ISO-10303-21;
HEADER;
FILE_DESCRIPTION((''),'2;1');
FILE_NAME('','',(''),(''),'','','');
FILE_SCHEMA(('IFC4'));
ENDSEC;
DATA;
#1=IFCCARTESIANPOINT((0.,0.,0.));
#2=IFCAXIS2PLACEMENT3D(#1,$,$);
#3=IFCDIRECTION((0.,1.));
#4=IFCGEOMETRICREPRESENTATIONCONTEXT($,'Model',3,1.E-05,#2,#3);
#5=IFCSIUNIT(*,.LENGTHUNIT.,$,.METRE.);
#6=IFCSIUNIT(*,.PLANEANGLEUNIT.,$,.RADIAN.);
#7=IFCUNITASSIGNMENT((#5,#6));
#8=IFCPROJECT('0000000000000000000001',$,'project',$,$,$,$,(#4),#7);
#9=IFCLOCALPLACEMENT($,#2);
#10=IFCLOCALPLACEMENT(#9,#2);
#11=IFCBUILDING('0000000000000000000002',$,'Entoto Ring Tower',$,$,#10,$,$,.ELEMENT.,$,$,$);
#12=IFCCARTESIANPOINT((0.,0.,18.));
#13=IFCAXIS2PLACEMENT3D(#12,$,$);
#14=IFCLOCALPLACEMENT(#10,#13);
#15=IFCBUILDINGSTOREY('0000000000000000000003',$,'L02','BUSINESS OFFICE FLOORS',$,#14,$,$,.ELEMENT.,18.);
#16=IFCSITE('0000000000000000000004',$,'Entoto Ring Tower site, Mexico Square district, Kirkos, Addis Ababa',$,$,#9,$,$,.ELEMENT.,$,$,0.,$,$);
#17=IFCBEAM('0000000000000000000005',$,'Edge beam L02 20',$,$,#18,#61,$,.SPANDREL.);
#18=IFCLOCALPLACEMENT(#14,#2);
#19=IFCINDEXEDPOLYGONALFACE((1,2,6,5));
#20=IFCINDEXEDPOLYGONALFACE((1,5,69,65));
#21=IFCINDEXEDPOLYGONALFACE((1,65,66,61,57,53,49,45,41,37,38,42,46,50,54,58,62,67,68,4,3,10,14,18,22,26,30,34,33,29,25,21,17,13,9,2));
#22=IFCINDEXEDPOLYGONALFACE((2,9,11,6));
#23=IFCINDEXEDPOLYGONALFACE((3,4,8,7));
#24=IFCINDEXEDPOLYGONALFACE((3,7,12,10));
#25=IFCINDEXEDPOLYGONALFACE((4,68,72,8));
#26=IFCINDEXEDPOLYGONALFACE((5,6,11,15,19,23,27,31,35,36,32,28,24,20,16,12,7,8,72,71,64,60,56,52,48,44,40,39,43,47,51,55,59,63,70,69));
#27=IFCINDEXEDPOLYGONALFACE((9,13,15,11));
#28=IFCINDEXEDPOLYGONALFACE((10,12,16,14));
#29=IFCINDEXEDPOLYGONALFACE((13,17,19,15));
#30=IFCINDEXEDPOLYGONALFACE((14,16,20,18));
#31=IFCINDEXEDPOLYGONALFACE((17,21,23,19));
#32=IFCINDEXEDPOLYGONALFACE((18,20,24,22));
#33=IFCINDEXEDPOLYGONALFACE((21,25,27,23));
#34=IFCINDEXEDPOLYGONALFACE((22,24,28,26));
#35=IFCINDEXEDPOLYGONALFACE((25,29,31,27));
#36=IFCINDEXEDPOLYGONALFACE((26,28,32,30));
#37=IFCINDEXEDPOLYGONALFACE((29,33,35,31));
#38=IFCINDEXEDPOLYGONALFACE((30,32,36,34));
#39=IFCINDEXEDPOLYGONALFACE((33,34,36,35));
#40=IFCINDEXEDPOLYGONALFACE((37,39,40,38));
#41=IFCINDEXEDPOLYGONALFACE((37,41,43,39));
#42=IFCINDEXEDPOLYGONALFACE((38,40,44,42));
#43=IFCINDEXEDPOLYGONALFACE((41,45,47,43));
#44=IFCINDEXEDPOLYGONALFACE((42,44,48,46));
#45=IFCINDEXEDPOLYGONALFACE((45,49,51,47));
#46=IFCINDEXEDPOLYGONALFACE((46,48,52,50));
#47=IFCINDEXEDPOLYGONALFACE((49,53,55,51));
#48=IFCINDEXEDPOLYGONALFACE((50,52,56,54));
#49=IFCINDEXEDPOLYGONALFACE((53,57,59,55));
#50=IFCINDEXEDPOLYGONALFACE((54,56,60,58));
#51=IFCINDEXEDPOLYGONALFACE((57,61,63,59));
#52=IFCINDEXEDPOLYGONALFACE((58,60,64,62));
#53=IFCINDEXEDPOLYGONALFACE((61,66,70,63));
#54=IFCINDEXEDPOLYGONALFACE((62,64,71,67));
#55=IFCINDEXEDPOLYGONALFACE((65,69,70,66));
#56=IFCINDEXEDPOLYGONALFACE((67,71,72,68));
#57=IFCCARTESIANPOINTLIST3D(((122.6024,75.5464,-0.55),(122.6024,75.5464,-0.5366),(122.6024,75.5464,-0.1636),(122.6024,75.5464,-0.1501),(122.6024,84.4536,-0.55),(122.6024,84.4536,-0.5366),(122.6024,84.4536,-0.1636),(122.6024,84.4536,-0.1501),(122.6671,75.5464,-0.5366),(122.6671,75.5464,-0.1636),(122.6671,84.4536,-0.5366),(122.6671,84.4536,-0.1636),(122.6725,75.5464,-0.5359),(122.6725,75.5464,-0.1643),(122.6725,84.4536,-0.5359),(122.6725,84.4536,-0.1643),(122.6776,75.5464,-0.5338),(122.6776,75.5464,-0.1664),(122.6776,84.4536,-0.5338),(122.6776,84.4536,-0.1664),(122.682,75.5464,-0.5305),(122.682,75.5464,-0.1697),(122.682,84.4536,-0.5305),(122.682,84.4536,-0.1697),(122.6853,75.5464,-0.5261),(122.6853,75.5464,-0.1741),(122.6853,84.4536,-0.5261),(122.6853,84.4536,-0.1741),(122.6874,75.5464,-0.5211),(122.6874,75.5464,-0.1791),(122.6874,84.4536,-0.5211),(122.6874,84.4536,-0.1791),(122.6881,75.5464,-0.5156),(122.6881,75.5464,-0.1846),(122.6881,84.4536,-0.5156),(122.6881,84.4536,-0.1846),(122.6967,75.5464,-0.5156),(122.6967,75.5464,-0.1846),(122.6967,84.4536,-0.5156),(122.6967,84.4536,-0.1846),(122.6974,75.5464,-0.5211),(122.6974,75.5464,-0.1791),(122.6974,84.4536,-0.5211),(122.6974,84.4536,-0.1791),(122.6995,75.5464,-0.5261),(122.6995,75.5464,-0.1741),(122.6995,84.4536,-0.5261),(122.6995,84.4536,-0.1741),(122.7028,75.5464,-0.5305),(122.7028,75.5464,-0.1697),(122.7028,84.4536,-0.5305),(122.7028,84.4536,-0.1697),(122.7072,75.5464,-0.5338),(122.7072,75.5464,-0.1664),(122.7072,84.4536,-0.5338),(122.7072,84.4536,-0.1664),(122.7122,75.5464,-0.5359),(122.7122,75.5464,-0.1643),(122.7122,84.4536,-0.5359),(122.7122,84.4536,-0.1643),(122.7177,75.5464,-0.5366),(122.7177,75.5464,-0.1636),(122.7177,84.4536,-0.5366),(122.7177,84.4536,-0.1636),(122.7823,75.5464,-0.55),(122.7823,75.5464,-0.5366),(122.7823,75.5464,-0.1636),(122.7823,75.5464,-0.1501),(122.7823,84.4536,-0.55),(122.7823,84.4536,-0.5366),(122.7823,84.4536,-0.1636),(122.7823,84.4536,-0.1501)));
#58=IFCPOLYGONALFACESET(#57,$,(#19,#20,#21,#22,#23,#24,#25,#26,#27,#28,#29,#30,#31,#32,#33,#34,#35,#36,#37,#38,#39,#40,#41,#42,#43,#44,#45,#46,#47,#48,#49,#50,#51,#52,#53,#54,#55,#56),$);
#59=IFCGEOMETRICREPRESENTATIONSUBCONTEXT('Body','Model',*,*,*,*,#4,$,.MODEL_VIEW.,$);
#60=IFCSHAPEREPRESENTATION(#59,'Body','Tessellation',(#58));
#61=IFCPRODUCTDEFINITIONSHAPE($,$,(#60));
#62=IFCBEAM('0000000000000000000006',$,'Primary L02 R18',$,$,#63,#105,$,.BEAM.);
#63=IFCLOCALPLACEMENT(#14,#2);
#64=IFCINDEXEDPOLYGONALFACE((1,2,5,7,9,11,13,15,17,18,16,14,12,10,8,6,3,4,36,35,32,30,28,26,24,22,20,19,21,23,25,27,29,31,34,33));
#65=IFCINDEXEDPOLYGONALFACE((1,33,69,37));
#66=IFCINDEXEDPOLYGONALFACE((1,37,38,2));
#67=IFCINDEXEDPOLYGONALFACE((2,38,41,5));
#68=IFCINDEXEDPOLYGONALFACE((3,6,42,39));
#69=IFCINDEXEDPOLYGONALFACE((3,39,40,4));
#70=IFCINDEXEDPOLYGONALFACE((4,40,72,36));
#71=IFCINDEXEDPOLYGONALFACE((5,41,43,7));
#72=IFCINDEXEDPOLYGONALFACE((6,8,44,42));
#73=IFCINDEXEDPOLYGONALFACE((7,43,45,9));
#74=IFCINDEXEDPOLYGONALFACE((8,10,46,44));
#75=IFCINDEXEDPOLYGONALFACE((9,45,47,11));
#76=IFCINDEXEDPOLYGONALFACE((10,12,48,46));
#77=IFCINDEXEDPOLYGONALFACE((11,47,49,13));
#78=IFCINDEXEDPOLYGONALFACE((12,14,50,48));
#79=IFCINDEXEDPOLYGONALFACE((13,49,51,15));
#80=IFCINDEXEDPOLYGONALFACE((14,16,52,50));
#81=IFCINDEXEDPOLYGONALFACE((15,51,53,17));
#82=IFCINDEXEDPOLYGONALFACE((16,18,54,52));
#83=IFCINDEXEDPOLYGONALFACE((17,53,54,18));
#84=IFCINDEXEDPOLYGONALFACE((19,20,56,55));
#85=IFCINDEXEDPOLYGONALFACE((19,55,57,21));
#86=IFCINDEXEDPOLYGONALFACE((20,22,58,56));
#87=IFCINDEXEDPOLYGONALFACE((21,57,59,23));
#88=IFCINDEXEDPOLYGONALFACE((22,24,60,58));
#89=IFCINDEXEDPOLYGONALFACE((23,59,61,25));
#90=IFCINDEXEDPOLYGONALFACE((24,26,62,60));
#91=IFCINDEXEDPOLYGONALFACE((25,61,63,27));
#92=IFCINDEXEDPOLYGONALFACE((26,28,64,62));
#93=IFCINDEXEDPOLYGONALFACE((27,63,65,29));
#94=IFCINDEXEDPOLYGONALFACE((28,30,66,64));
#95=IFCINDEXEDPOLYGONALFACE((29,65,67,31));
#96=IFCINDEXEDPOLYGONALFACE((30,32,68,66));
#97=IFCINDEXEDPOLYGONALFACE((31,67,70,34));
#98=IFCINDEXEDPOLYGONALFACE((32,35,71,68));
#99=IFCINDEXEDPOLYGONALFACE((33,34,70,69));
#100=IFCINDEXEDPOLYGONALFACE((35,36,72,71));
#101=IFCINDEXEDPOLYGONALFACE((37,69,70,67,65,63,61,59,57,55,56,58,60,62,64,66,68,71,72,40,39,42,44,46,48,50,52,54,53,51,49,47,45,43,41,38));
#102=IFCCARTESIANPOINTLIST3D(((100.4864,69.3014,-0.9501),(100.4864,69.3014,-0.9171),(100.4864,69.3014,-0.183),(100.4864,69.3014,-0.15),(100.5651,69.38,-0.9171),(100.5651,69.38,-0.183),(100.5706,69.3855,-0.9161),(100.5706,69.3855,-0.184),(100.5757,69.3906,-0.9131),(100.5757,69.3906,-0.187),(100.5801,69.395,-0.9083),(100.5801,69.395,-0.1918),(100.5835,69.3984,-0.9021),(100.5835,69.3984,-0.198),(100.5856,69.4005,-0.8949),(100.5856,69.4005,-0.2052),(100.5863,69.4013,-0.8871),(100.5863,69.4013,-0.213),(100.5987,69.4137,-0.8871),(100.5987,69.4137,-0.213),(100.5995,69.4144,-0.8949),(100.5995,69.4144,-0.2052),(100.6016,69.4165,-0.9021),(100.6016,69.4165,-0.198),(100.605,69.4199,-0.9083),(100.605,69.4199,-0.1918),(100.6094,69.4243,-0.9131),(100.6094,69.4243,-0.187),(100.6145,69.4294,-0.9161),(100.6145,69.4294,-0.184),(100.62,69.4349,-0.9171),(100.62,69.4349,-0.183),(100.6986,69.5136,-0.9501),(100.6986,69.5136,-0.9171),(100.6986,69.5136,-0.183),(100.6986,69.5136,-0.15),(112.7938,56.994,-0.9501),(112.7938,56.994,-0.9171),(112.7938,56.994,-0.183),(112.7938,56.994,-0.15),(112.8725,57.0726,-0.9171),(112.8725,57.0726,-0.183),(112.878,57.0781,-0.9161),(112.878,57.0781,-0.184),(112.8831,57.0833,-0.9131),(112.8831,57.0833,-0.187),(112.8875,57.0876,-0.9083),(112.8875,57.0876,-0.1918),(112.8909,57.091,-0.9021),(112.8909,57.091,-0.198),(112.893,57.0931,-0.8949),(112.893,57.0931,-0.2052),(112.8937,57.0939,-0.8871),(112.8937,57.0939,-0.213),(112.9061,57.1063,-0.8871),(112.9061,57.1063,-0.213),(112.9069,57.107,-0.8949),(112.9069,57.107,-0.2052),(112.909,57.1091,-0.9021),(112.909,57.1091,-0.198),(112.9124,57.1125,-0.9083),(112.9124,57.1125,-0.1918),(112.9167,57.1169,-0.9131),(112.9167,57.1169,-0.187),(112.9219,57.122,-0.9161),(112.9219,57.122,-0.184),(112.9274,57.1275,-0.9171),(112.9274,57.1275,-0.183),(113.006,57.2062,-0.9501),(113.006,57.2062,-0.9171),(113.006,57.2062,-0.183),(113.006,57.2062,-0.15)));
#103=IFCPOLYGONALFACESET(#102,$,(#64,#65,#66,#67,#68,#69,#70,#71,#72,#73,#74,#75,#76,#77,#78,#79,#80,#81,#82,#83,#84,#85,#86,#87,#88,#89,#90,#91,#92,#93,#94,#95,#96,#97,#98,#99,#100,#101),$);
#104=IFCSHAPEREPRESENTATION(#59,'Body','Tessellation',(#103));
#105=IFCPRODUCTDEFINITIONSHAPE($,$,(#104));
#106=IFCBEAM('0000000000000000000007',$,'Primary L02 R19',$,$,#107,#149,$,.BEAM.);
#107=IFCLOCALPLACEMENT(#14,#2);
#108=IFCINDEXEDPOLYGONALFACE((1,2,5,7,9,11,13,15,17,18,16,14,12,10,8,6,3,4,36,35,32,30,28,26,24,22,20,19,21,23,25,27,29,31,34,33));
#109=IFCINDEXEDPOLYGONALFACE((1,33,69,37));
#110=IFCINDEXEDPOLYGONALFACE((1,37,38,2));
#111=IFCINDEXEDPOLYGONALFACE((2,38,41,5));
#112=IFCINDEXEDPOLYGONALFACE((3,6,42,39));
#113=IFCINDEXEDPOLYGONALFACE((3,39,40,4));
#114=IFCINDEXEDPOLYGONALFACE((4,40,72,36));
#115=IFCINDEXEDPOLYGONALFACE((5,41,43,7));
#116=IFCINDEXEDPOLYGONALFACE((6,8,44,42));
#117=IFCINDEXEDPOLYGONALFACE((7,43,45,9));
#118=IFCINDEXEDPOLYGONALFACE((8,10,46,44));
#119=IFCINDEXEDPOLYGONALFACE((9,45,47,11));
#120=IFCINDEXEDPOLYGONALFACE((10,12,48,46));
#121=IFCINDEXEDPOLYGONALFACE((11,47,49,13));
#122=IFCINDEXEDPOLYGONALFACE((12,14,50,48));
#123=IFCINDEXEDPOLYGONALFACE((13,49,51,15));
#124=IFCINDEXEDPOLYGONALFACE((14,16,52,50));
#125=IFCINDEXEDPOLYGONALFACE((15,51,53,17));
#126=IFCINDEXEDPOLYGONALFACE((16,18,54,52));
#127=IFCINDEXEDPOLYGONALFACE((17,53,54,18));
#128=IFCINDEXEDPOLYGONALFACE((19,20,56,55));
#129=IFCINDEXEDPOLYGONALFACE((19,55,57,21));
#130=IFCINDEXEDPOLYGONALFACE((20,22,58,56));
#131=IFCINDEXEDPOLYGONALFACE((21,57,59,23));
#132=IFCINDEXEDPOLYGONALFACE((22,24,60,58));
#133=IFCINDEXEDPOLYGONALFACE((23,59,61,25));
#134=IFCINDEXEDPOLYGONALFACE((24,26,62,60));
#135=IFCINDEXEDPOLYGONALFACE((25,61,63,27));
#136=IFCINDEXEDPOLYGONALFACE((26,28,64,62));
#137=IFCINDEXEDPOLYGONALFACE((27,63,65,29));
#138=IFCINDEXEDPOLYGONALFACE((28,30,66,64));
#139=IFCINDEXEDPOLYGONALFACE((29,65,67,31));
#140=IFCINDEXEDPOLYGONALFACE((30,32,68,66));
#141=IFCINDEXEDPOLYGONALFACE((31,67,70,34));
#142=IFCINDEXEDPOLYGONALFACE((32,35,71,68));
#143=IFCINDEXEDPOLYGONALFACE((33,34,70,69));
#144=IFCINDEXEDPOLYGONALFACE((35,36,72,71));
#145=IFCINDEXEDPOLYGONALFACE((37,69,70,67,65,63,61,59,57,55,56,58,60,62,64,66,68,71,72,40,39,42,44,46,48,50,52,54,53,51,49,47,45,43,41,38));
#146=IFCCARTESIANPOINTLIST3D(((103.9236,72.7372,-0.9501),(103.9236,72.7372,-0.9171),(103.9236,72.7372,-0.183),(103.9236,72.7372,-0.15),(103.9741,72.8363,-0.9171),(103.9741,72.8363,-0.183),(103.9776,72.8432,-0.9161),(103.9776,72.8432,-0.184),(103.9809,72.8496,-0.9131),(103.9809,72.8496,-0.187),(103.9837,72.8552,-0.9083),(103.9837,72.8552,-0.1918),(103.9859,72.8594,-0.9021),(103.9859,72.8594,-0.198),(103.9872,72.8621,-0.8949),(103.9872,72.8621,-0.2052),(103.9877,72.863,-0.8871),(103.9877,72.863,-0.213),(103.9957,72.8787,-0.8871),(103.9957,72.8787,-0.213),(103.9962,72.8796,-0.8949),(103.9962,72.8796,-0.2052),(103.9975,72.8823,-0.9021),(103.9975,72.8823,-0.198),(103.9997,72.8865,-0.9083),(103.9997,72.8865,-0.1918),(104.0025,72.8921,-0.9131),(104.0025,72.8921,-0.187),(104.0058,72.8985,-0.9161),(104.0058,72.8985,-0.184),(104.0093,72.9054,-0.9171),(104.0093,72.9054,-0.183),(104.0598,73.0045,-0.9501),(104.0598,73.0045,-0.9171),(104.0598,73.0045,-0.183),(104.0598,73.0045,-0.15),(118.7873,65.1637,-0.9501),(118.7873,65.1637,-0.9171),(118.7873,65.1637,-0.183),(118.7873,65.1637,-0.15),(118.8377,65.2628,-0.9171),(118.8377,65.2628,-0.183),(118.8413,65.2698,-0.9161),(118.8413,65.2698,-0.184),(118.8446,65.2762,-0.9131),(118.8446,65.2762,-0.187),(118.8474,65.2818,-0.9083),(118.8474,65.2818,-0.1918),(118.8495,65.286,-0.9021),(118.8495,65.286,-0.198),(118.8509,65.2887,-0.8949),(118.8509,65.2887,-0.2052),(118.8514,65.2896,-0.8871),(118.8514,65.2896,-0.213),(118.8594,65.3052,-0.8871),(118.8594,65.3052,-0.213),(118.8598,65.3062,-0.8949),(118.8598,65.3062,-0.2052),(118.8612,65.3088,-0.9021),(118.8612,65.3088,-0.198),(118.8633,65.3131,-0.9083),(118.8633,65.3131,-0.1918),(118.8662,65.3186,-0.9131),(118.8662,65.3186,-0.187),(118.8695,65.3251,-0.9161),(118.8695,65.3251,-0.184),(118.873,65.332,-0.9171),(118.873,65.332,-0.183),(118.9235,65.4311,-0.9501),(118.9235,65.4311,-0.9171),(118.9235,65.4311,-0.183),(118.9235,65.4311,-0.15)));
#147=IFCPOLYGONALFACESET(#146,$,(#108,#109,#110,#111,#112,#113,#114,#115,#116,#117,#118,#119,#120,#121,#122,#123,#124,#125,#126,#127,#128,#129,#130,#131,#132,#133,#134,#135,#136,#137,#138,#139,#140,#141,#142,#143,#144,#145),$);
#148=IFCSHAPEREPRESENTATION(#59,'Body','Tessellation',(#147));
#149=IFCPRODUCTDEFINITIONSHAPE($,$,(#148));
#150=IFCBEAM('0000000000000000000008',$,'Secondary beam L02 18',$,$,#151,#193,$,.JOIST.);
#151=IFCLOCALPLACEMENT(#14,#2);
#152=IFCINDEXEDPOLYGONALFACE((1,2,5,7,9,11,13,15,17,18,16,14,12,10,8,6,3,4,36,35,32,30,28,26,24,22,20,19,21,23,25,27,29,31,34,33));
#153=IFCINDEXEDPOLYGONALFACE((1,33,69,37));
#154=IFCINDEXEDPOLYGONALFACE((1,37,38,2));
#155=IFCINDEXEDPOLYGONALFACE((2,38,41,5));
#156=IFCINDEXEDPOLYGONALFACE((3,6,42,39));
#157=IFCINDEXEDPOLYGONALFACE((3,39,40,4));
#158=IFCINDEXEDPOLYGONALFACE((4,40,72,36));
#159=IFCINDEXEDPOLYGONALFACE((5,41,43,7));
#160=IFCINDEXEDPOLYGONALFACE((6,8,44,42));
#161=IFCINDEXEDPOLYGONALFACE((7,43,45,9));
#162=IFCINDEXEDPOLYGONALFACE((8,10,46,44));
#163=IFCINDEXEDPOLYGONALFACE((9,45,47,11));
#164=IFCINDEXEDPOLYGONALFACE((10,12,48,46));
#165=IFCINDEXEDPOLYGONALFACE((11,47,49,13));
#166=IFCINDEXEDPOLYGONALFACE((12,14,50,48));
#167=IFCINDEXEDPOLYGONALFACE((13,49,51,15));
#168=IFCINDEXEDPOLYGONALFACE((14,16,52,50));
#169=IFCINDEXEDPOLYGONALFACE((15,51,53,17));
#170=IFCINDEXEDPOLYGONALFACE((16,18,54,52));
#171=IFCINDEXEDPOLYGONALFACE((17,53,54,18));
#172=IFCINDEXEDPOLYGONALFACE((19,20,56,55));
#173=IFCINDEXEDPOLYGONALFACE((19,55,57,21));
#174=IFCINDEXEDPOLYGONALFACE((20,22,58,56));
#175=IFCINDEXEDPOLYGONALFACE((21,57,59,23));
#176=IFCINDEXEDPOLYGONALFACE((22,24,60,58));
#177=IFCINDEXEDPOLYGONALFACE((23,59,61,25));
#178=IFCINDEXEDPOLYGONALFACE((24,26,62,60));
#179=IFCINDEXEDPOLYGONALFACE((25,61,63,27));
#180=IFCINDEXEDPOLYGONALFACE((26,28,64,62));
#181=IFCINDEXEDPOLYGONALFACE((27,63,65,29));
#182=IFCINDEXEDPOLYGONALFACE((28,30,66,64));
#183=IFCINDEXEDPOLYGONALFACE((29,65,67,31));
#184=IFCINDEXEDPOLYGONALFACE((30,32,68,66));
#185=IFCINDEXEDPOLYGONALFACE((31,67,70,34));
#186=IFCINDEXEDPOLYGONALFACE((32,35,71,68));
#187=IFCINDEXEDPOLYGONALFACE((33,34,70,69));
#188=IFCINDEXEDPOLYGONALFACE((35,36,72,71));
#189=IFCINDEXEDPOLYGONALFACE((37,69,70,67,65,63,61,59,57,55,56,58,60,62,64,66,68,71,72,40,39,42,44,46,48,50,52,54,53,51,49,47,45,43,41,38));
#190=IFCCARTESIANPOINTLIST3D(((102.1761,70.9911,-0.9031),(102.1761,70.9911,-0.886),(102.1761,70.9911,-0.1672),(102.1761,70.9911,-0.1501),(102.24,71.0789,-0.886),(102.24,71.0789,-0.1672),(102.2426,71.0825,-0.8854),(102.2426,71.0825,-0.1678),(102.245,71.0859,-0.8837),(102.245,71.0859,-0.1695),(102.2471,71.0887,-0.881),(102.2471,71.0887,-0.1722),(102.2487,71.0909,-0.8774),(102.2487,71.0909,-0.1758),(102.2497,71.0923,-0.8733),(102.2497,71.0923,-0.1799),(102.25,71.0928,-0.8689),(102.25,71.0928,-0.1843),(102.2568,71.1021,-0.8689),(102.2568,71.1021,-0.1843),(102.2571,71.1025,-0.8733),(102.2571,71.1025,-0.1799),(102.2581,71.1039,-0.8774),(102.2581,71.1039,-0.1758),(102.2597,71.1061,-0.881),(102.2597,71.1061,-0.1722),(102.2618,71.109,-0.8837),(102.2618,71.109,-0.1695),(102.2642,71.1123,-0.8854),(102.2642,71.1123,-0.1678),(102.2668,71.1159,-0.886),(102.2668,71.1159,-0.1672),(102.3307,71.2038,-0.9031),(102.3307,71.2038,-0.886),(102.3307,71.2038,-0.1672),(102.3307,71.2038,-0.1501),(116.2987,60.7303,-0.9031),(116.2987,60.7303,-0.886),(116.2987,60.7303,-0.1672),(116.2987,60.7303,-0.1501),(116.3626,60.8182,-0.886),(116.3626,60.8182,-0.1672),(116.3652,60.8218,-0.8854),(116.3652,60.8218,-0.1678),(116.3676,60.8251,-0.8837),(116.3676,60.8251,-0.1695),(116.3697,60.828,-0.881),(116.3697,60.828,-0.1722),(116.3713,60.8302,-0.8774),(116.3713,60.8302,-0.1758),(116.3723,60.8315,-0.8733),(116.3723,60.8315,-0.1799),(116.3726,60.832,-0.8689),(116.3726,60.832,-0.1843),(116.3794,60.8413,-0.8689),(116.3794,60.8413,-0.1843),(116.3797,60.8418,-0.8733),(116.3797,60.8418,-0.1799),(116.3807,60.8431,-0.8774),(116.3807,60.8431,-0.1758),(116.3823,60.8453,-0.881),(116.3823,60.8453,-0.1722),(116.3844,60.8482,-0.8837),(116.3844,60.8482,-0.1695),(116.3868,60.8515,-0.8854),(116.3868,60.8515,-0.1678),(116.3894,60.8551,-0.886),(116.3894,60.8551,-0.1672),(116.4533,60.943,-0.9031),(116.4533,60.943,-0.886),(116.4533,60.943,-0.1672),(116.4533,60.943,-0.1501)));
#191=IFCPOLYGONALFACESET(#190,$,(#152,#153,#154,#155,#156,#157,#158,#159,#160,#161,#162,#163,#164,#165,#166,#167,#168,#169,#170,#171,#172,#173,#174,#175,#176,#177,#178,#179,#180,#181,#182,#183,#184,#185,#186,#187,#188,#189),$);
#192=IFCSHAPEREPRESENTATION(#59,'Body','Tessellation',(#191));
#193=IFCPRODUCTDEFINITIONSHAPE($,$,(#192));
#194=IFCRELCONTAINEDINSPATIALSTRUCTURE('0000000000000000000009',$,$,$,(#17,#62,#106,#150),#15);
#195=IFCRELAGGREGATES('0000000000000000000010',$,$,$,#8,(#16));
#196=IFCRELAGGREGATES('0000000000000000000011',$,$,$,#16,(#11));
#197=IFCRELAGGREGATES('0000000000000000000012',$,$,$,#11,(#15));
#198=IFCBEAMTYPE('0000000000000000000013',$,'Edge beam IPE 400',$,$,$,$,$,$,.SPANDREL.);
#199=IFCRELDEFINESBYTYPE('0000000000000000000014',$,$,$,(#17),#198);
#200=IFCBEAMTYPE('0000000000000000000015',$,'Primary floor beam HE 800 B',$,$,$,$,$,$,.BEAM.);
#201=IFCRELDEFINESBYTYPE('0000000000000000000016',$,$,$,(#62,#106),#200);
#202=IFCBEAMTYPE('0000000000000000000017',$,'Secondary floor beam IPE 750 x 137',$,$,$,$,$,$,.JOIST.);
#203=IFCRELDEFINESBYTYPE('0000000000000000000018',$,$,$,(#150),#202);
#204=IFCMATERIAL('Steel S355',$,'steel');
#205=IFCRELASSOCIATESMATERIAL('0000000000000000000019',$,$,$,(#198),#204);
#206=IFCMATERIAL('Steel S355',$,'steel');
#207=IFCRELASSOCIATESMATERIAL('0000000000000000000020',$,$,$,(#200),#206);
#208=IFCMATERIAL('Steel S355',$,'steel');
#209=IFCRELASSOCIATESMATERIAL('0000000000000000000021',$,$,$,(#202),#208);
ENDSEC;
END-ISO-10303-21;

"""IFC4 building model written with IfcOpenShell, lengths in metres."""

from ifc_helpers import new_model, si_unit, direction, frame, origin, origin_2d, place, context, subcontext, project, spatial, i_section, extrude, material, material_profile, profile_set, type_object, element, save


model = new_model("IFC4")

# Units and contexts
model_context = context("Model", 3, precision=1e-05, world=origin(), true_north=direction((0.0, 1.0)))
body_context = subcontext(model_context, "Body", "Model", "MODEL_VIEW")
ifc_project = project(units=[si_unit("LENGTHUNIT", "METRE"), si_unit("PLANEANGLEUNIT", "RADIAN")], contexts=[model_context])

# Site, building, storey
site_placement = place(None, origin())
site = spatial("IfcSite", under=ifc_project, at=site_placement, Name="Entoto Ring Tower site, Mexico Square district, Kirkos, Addis Ababa", CompositionType="ELEMENT", RefElevation=0.0)
building_placement = place(site_placement, origin())
building = spatial("IfcBuilding", under=site, at=building_placement, Name="Entoto Ring Tower", CompositionType="ELEMENT")
storey_placement = place(building_placement, frame((0.0, 0.0, 18.0)))
storey = spatial("IfcBuildingStorey", under=building, at=storey_placement, Name="L02", Description="BUSINESS OFFICE FLOORS", CompositionType="ELEMENT", Elevation=18.0)

# Beams
ifc_material_1 = material(Name="Steel S355", Category="steel")
ifc_material_profile_1 = material_profile(ifc_material_1, i_section(OverallWidth=0.1799, OverallDepth=0.3999, WebThickness=0.0085, FlangeThickness=0.0134, FilletRadius=0.021, at=origin_2d()), Name="IPE 400")
ifc_profile_set_1 = profile_set([ifc_material_profile_1], Name="Steel S355")
beam_type_1 = type_object("IfcBeamType", Name="Edge beam IPE 400", PredefinedType="SPANDREL", material=ifc_profile_set_1)
beam_1_placement = place(storey_placement, frame((122.6924, 75.5464, -0.3501), z_axis=(0.0, 1.0, 0.0), x_axis=(-1.0, 0.0, 0.0)))
element("IfcBeam", 1, at=beam_1_placement, inside=storey, type_object=beam_type_1, Name="Edge beam L02 20", PredefinedType="SPANDREL", context=body_context, shape_type="SweptSolid", body=[
    extrude(i_section(OverallWidth=0.1799, OverallDepth=0.3999, WebThickness=0.0085, FlangeThickness=0.0134, FilletRadius=0.021, at=origin_2d()), origin(), (0.0, 0.0, 1.0), 8.9072),
])
ifc_material_2 = material(Name="Steel S355", Category="steel")
ifc_material_profile_2 = material_profile(ifc_material_2, i_section(OverallWidth=0.3, OverallDepth=0.8, WebThickness=0.0176, FlangeThickness=0.033, FilletRadius=0.03, at=origin_2d()), Name="HE 800 B")
ifc_profile_set_2 = profile_set([ifc_material_profile_2], Name="Steel S355")
beam_type_2 = type_object("IfcBeamType", Name="Primary floor beam HE 800 B", PredefinedType="BEAM", material=ifc_profile_set_2)
beam_2_placement = place(storey_placement, frame((100.5925, 69.4075, -0.55), z_axis=(0.707107, -0.707107, 0.0), x_axis=(0.707107, 0.707107, 0.0)))
element("IfcBeam", 2, at=beam_2_placement, inside=storey, type_object=beam_type_2, Name="Primary L02 R18", PredefinedType="BEAM", context=body_context, shape_type="SweptSolid", body=[
    extrude(i_section(OverallWidth=0.3, OverallDepth=0.8, WebThickness=0.0176, FlangeThickness=0.033, FilletRadius=0.03, at=origin_2d()), origin(), (0.0, 0.0, 1.0), 17.4053),
])
beam_3_placement = place(storey_placement, frame((103.9917, 72.8708, -0.55), z_axis=(0.891006, -0.453991, 0.0), x_axis=(0.453991, 0.891006, 0.0)))
element("IfcBeam", 3, at=beam_3_placement, inside=storey, type_object=beam_type_2, Name="Primary L02 R19", PredefinedType="BEAM", context=body_context, shape_type="SweptSolid", body=[
    extrude(i_section(OverallWidth=0.3, OverallDepth=0.8, WebThickness=0.0176, FlangeThickness=0.033, FilletRadius=0.03, at=origin_2d()), origin(), (0.0, 0.0, 1.0), 16.6819),
])
ifc_material_3 = material(Name="Steel S355", Category="steel")
ifc_material_profile_3 = material_profile(ifc_material_3, i_section(OverallWidth=0.2629, OverallDepth=0.7529, WebThickness=0.0115, FlangeThickness=0.0171, FilletRadius=0.0171, at=origin_2d()), Name="IPE 750 x 137")
ifc_profile_set_3 = profile_set([ifc_material_profile_3], Name="Steel S355")
beam_type_3 = type_object("IfcBeamType", Name="Secondary floor beam IPE 750 x 137", PredefinedType="JOIST", material=ifc_profile_set_3)
beam_4_placement = place(storey_placement, frame((102.2534, 71.0974, -0.5266), z_axis=(0.809014, -0.587789, 0.0), x_axis=(0.587789, 0.809014, 0.0)))
element("IfcBeam", 4, at=beam_4_placement, inside=storey, type_object=beam_type_3, Name="Secondary beam L02 18", PredefinedType="JOIST", context=body_context, shape_type="SweptSolid", body=[
    extrude(i_section(OverallWidth=0.2629, OverallDepth=0.7529, WebThickness=0.0115, FlangeThickness=0.0171, FilletRadius=0.0171, at=origin_2d()), origin(), (0.0, 0.0, 1.0), 17.4565),
])

save(model, "model.ifc")
